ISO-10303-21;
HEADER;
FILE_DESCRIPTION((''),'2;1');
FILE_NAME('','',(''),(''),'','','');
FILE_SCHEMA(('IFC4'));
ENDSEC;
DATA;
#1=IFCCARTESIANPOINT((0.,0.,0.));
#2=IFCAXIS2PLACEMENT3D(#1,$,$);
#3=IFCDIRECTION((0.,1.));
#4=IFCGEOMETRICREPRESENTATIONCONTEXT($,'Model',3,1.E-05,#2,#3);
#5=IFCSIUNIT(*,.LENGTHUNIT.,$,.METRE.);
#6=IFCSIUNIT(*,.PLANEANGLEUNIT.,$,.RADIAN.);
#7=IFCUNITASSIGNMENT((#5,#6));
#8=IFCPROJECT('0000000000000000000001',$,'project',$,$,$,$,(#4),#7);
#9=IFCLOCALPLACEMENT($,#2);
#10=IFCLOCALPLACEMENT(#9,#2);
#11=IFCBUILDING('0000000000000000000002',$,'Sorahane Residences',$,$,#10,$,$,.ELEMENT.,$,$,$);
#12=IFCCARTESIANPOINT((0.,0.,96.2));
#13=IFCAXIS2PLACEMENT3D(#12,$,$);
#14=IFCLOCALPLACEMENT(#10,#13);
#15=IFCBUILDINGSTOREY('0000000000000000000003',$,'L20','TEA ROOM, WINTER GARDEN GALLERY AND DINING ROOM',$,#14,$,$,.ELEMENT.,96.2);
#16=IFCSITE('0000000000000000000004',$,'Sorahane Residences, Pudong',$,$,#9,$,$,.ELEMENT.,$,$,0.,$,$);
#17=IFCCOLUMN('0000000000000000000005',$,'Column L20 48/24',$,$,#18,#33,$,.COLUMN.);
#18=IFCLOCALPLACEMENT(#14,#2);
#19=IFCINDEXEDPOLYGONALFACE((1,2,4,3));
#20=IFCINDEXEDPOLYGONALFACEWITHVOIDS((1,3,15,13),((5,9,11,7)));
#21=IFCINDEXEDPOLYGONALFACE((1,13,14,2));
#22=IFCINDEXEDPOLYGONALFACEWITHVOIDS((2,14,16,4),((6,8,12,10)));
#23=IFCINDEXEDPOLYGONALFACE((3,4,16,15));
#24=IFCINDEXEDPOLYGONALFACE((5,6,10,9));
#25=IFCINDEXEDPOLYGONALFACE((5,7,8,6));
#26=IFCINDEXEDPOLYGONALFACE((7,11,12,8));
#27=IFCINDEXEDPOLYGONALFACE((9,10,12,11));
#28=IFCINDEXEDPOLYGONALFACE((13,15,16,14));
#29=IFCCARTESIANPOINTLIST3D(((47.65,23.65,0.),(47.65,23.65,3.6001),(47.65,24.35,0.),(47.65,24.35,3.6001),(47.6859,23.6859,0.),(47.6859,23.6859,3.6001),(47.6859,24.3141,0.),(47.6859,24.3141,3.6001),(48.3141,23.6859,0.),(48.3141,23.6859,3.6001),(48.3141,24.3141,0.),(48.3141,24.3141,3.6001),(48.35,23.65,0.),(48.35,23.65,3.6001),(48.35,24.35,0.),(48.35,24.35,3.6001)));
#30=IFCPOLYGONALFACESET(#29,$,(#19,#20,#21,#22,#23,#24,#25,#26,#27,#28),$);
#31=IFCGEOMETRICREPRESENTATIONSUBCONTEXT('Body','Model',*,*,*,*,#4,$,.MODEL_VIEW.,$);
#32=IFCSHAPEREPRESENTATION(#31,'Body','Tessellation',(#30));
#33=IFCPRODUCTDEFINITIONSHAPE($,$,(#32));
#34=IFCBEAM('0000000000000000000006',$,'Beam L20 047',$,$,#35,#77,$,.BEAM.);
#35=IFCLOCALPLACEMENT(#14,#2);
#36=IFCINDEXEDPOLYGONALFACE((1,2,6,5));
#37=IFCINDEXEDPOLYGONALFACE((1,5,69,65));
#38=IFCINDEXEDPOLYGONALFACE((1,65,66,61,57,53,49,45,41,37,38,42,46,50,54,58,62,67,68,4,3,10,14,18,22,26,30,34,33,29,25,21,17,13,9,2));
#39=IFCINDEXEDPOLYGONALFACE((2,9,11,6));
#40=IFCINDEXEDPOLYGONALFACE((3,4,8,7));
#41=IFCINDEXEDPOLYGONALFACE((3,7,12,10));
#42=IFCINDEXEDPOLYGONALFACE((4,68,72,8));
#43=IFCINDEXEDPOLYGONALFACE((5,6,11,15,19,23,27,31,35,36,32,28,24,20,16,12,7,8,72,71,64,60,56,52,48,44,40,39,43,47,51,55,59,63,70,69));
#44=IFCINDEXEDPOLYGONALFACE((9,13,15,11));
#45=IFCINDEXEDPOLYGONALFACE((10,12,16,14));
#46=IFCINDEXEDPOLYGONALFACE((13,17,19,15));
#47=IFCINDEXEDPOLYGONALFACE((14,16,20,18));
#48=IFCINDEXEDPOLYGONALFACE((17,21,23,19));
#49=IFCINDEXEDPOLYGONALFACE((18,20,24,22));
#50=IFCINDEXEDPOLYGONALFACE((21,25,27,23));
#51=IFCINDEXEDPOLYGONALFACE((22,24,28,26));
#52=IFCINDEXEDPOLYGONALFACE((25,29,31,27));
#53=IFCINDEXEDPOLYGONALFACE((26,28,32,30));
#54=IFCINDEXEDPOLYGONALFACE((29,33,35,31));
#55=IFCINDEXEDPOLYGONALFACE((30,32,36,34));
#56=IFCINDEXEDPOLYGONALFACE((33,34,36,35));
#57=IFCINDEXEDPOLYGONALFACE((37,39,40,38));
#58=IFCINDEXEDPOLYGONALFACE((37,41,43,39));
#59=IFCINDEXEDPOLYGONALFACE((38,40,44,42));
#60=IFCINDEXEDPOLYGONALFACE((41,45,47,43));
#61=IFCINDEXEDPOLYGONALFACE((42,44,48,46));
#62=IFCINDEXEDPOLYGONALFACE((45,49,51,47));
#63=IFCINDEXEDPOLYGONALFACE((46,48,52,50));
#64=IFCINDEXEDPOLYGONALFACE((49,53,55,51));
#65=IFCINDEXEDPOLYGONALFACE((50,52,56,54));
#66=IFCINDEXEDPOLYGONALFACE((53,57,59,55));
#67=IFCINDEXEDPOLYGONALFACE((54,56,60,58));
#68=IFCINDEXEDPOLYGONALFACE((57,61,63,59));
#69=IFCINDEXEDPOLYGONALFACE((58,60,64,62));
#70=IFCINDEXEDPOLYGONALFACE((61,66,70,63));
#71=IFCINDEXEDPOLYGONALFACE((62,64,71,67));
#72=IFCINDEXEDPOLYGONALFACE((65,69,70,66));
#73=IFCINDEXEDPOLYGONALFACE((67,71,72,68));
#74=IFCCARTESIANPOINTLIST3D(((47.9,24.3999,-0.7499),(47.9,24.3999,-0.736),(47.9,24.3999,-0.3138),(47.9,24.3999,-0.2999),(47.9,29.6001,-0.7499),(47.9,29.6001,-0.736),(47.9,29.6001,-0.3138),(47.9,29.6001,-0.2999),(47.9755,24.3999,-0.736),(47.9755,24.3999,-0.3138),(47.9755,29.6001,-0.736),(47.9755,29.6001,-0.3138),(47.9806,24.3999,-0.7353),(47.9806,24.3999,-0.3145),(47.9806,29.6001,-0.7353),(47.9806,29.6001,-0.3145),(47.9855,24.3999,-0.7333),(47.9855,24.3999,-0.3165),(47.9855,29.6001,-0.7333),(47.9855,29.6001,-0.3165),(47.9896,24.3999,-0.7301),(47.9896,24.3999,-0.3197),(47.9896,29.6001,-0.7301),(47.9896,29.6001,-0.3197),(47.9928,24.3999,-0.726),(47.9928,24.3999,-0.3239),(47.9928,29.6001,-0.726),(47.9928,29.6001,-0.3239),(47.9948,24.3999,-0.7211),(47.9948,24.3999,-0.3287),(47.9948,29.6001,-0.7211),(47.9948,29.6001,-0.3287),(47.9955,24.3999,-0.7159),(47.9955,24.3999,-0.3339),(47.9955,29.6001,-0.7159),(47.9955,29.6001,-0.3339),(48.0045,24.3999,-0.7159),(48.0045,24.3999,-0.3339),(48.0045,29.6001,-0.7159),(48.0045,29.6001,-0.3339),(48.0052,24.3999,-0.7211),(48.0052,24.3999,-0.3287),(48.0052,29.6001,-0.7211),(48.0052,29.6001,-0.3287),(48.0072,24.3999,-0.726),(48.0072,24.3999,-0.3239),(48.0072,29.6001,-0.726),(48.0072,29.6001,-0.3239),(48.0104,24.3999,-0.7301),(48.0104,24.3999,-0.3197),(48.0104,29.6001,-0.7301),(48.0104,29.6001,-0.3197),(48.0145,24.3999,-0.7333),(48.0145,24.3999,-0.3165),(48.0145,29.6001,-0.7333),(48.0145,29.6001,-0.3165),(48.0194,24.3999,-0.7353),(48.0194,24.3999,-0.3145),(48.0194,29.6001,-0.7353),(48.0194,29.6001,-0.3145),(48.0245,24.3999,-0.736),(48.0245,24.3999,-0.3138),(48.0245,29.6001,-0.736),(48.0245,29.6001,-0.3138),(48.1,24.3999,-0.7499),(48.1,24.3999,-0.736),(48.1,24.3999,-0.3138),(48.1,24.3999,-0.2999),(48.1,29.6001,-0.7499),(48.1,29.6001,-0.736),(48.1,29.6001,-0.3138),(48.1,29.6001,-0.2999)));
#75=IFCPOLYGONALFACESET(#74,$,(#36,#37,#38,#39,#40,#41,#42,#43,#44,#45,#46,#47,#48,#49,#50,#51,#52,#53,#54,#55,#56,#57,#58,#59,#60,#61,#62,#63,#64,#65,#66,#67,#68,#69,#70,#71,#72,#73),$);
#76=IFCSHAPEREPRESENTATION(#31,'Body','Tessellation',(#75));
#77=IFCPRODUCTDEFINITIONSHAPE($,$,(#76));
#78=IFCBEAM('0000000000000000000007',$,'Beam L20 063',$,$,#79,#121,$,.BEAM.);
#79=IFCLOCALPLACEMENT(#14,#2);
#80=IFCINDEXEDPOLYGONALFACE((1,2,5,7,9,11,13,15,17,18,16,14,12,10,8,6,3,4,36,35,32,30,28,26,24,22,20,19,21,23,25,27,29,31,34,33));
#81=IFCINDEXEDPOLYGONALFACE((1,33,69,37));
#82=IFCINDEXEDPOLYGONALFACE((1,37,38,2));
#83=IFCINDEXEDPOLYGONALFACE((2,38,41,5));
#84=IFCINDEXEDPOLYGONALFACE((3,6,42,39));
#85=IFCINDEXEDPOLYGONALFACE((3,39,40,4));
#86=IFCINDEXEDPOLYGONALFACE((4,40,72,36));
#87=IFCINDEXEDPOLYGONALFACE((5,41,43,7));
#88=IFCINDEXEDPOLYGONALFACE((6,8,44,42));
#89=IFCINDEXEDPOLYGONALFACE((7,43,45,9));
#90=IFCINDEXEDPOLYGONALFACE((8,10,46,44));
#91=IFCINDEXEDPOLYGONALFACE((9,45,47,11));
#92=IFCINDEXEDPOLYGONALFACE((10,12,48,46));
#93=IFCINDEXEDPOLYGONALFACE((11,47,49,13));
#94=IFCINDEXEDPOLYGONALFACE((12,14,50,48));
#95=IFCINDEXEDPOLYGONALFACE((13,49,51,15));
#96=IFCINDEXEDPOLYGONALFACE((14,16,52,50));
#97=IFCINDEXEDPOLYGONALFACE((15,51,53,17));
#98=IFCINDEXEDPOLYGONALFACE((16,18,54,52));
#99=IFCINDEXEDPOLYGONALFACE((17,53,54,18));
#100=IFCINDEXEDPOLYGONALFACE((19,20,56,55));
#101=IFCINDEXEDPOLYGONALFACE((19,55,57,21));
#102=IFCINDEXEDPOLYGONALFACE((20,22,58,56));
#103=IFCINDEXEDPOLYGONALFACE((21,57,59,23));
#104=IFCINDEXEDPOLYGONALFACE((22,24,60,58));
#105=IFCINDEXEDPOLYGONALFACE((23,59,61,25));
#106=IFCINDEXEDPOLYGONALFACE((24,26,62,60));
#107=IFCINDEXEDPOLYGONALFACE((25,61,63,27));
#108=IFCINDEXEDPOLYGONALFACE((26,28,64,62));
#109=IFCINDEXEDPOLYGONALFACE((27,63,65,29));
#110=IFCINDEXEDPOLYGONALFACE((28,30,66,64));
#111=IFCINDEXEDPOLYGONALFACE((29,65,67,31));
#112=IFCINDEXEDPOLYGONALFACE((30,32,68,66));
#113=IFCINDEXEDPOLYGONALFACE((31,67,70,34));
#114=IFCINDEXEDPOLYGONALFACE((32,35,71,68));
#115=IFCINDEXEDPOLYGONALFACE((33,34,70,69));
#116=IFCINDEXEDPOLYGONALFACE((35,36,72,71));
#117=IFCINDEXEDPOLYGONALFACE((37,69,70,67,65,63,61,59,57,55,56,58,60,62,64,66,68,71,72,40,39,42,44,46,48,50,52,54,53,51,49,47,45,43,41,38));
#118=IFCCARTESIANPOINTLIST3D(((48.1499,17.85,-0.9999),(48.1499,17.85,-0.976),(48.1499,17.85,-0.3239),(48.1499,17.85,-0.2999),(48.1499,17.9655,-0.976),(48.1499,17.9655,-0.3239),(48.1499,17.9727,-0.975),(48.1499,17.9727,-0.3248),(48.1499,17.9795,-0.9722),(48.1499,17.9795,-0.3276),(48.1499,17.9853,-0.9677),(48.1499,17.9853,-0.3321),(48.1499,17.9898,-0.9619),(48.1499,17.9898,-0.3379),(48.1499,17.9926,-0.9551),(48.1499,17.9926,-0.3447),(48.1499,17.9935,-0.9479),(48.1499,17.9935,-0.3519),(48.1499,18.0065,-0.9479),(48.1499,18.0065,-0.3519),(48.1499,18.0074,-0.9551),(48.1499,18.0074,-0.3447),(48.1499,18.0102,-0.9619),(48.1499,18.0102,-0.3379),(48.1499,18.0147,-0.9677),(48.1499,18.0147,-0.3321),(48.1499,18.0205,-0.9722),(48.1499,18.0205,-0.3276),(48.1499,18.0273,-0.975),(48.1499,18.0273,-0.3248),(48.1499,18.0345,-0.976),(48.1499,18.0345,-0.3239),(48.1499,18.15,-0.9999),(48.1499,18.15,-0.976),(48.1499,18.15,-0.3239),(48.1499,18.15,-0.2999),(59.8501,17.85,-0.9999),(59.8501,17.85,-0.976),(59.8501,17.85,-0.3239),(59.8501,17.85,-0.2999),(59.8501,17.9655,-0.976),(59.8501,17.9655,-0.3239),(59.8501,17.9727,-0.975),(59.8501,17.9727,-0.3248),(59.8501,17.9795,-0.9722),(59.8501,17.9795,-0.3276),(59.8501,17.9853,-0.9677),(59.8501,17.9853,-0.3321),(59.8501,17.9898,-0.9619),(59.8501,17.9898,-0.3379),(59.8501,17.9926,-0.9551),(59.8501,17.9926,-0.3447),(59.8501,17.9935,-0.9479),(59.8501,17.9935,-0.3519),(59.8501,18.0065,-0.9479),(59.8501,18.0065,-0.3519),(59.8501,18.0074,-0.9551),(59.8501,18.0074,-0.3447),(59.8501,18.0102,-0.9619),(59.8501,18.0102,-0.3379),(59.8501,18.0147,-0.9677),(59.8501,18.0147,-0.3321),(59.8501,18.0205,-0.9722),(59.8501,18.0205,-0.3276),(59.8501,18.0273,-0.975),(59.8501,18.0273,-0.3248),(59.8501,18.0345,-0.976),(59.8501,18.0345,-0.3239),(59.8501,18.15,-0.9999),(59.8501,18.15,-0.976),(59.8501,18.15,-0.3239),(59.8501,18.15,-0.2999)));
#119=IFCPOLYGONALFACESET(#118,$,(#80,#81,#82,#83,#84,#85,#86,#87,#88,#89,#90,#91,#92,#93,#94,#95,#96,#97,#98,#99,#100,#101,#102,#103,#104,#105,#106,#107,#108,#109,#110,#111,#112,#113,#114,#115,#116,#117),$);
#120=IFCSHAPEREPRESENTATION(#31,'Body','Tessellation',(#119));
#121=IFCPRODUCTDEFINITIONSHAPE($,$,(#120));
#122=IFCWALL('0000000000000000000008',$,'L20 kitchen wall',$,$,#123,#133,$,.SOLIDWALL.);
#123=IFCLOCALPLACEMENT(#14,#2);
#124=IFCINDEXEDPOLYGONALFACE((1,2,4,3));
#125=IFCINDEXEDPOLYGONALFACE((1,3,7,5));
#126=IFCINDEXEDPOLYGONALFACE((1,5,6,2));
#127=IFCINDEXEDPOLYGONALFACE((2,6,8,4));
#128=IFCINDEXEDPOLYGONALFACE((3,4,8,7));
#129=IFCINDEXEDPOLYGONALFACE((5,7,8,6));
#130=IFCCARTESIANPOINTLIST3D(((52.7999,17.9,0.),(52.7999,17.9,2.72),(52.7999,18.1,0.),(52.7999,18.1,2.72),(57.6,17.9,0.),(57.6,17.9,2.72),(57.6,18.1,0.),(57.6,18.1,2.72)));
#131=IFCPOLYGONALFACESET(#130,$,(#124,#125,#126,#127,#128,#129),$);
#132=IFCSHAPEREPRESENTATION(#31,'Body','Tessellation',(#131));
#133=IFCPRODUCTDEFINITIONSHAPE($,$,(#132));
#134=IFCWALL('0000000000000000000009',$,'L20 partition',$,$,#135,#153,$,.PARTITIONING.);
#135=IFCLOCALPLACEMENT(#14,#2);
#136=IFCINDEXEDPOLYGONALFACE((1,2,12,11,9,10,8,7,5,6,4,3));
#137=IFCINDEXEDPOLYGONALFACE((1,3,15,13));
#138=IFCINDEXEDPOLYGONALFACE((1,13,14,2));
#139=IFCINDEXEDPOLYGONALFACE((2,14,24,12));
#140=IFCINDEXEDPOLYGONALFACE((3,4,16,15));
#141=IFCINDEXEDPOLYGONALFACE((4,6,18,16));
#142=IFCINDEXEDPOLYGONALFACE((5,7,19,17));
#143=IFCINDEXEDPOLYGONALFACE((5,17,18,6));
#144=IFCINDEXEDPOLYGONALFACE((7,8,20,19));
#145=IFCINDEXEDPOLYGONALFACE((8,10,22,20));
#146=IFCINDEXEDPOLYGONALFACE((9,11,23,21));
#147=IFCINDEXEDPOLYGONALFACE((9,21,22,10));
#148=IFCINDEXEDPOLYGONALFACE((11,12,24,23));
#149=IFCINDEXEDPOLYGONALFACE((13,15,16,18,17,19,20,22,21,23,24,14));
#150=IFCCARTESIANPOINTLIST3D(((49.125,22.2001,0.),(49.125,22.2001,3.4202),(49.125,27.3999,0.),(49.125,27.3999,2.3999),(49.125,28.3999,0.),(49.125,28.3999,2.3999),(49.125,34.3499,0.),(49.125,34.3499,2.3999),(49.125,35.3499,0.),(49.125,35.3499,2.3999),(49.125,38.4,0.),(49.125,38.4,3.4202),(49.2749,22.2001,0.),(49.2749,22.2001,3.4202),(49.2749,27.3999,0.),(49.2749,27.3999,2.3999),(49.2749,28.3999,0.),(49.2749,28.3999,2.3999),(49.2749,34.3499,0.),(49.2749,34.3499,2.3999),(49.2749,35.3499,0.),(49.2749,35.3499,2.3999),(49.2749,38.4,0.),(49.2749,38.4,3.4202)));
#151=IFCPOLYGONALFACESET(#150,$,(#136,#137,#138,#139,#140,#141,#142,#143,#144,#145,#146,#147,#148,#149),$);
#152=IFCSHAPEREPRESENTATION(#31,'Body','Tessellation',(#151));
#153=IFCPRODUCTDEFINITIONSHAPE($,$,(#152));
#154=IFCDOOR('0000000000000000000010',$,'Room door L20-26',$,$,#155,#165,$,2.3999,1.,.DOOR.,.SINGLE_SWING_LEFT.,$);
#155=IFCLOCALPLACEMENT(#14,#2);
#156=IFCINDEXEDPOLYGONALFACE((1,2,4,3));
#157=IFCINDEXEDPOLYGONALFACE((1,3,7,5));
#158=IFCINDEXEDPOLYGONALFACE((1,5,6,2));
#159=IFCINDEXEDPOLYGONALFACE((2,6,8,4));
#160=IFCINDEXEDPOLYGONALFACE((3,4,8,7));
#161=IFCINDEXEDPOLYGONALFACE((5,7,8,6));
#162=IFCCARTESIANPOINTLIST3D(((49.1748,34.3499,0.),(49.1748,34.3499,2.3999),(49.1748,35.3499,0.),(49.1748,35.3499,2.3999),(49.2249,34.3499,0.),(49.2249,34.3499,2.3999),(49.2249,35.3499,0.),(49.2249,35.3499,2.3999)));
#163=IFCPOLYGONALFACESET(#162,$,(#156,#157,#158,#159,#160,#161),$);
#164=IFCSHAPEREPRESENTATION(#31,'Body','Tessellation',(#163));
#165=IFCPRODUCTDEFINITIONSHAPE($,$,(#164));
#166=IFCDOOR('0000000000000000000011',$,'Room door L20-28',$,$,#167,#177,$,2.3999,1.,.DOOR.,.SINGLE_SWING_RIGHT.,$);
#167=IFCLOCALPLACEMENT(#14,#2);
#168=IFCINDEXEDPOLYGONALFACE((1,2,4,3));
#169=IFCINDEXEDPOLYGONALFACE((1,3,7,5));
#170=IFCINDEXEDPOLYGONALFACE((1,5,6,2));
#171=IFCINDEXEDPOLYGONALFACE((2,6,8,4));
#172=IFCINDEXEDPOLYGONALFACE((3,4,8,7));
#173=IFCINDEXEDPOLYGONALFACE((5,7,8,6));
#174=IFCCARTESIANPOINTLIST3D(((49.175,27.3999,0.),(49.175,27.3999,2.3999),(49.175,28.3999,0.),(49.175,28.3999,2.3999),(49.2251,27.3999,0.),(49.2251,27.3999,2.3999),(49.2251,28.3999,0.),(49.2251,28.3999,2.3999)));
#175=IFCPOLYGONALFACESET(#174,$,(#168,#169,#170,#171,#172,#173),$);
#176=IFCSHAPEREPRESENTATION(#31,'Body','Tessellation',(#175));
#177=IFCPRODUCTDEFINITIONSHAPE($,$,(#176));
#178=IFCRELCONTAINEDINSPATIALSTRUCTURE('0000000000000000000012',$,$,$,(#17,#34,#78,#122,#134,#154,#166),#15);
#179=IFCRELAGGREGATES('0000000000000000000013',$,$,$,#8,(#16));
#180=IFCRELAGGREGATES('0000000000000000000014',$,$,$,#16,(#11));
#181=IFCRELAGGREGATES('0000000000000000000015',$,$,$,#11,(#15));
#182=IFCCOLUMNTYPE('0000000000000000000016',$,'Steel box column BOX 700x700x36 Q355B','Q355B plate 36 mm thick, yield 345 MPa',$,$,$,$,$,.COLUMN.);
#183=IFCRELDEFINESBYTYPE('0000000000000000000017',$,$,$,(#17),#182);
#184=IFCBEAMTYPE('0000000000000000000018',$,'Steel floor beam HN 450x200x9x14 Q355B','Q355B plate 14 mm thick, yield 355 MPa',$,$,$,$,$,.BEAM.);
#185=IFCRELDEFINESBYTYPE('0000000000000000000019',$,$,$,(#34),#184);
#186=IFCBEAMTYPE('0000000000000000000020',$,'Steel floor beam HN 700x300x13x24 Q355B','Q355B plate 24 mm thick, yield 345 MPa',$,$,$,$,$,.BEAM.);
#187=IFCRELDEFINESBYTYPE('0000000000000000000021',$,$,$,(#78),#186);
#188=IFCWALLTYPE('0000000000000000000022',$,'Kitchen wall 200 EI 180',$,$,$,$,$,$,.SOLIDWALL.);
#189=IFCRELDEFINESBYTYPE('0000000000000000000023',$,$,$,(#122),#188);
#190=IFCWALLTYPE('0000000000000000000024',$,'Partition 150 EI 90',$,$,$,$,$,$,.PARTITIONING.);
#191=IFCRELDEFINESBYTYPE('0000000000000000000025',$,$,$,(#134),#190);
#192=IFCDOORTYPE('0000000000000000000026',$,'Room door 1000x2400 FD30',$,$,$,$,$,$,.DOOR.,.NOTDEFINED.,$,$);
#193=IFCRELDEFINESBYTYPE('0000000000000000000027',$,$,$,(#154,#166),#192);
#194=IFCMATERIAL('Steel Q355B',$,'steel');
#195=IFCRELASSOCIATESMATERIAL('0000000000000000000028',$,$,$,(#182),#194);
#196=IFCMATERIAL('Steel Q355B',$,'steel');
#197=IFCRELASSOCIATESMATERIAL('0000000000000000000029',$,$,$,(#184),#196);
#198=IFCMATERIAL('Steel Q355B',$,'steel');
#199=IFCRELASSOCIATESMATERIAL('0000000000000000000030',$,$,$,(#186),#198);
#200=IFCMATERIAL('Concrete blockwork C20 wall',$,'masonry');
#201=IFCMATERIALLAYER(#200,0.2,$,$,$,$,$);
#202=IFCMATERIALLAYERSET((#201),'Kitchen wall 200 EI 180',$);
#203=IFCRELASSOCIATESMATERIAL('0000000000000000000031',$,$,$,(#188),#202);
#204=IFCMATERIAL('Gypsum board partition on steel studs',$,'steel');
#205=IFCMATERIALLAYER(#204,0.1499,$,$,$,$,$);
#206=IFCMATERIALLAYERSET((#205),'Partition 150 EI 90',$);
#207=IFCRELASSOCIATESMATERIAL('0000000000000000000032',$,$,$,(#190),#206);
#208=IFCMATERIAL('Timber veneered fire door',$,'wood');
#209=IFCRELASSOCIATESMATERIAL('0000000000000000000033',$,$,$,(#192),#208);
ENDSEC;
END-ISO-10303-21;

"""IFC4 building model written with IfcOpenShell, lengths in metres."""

from ifc_helpers import new_model, si_unit, direction, frame, frame_2d, origin, origin_2d, place, context, subcontext, project, spatial, rectangle, hollow_rectangle, i_section, extrude, material, layer, layer_set, material_profile, profile_set, type_object, element, fill, save


model = new_model("IFC4")

# Units and contexts
model_context = context("Model", 3, precision=1e-05, world=origin(), true_north=direction((0.0, 1.0)))
body_context = subcontext(model_context, "Body", "Model", "MODEL_VIEW")
ifc_project = project(units=[si_unit("LENGTHUNIT", "METRE"), si_unit("PLANEANGLEUNIT", "RADIAN")], contexts=[model_context])

# Site, building, storey
site_placement = place(None, origin())
site = spatial("IfcSite", under=ifc_project, at=site_placement, Name="Sorahane Residences, Pudong", CompositionType="ELEMENT", RefElevation=0.0)
building_placement = place(site_placement, origin())
building = spatial("IfcBuilding", under=site, at=building_placement, Name="Sorahane Residences", CompositionType="ELEMENT")
storey_placement = place(building_placement, frame((0.0, 0.0, 96.2)))
storey = spatial("IfcBuildingStorey", under=building, at=storey_placement, Name="L20", Description="TEA ROOM, WINTER GARDEN GALLERY AND DINING ROOM", CompositionType="ELEMENT", Elevation=96.2)

# Column
ifc_material_1 = material(Name="Steel Q355B", Category="steel")
ifc_material_profile_1 = material_profile(ifc_material_1, hollow_rectangle(XDim=0.7, YDim=0.7, WallThickness=0.0359, at=origin_2d()), Name="BOX 700x700x36")
ifc_profile_set_1 = profile_set([ifc_material_profile_1], Name="Steel Q355B")
column_type = type_object("IfcColumnType", Name="Steel box column BOX 700x700x36 Q355B", Description="Q355B plate 36 mm thick, yield 345 MPa", PredefinedType="COLUMN", material=ifc_profile_set_1)
column_placement = place(storey_placement, frame((48.0, 24.0, 0.0), z_axis=(0.0, 0.0, 1.0), x_axis=(1.0, 0.0, 0.0)))
element("IfcColumn", 1, at=column_placement, inside=storey, type_object=column_type, Name="Column L20 48/24", PredefinedType="COLUMN", context=body_context, shape_type="SweptSolid", body=[
    extrude(hollow_rectangle(XDim=0.7, YDim=0.7, WallThickness=0.0359, at=origin_2d()), origin(), (0.0, 0.0, 1.0), 3.6001),
])

# Beams
ifc_material_2 = material(Name="Steel Q355B", Category="steel")
ifc_material_profile_2 = material_profile(ifc_material_2, i_section(OverallWidth=0.2, OverallDepth=0.45, WebThickness=0.009, FlangeThickness=0.0139, FilletRadius=0.02, at=origin_2d()), Name="HN 450x200x9x14")
ifc_profile_set_2 = profile_set([ifc_material_profile_2], Name="Steel Q355B")
beam_type_1 = type_object("IfcBeamType", Name="Steel floor beam HN 450x200x9x14 Q355B", Description="Q355B plate 14 mm thick, yield 355 MPa", PredefinedType="BEAM", material=ifc_profile_set_2)
beam_1_placement = place(storey_placement, frame((48.0, 24.3999, -0.5249), z_axis=(0.0, 1.0, 0.0), x_axis=(-1.0, 0.0, 0.0)))
element("IfcBeam", 2, at=beam_1_placement, inside=storey, type_object=beam_type_1, Name="Beam L20 047", PredefinedType="BEAM", context=body_context, shape_type="SweptSolid", body=[
    extrude(i_section(OverallWidth=0.2, OverallDepth=0.45, WebThickness=0.009, FlangeThickness=0.0139, FilletRadius=0.02, at=origin_2d()), origin(), (0.0, 0.0, 1.0), 5.2002),
])
ifc_material_3 = material(Name="Steel Q355B", Category="steel")
ifc_material_profile_3 = material_profile(ifc_material_3, i_section(OverallWidth=0.3, OverallDepth=0.7, WebThickness=0.0129, FlangeThickness=0.0239, FilletRadius=0.0281, at=origin_2d()), Name="HN 700x300x13x24")
ifc_profile_set_3 = profile_set([ifc_material_profile_3], Name="Steel Q355B")
beam_type_2 = type_object("IfcBeamType", Name="Steel floor beam HN 700x300x13x24 Q355B", Description="Q355B plate 24 mm thick, yield 345 MPa", PredefinedType="BEAM", material=ifc_profile_set_3)
beam_2_placement = place(storey_placement, frame((48.1499, 18.0, -0.6499), z_axis=(1.0, 0.0, 0.0), x_axis=(0.0, 1.0, 0.0)))
element("IfcBeam", 3, at=beam_2_placement, inside=storey, type_object=beam_type_2, Name="Beam L20 063", PredefinedType="BEAM", context=body_context, shape_type="SweptSolid", body=[
    extrude(i_section(OverallWidth=0.3, OverallDepth=0.7, WebThickness=0.0129, FlangeThickness=0.0239, FilletRadius=0.0281, at=origin_2d()), origin(), (0.0, 0.0, 1.0), 11.7002),
])

# Shared definitions
ifc_material_4 = material(Name="Concrete blockwork C20 wall", Category="masonry")
ifc_layer_1 = layer(ifc_material_4, 0.2)
ifc_layer_set_1 = layer_set([ifc_layer_1], Name="Kitchen wall 200 EI 180")
wall_type_1 = type_object("IfcWallType", Name="Kitchen wall 200 EI 180", PredefinedType="SOLIDWALL", material=ifc_layer_set_1)

# Wall
wall_1_placement = place(storey_placement, frame((52.8, 18.0, 0.0), z_axis=(0.0, 0.0, 1.0), x_axis=(1.0, 0.0, 0.0)))
element("IfcWall", 4, at=wall_1_placement, inside=storey, type_object=wall_type_1, Name="L20 kitchen wall", PredefinedType="SOLIDWALL", context=body_context, shape_type="SweptSolid", body=[
    extrude(rectangle(XDim=4.8, YDim=0.2, at=frame_2d((2.3999, 0.0))), origin(), (0.0, 0.0, 1.0), 2.72),
])

# Wall, openings, doors
ifc_material_5 = material(Name="Gypsum board partition on steel studs", Category="steel")
ifc_layer_2 = layer(ifc_material_5, 0.1499)
ifc_layer_set_2 = layer_set([ifc_layer_2], Name="Partition 150 EI 90")
wall_type_2 = type_object("IfcWallType", Name="Partition 150 EI 90", PredefinedType="PARTITIONING", material=ifc_layer_set_2)
wall_2_placement = place(storey_placement, frame((49.2, 22.2, 0.0), z_axis=(0.0, 0.0, 1.0), x_axis=(0.0, 1.0, 0.0)))
wall_2 = element("IfcWall", 5, at=wall_2_placement, inside=storey, type_object=wall_type_2, Name="L20 partition", PredefinedType="PARTITIONING", context=body_context, shape_type="SweptSolid", body=[
    extrude(rectangle(XDim=16.2, YDim=0.1499, at=frame_2d((8.1001, 0.0))), origin(), (0.0, 0.0, 1.0), 3.4202),
])
opening_1_placement = place(wall_2_placement, frame((12.1499, 0.0, 0.0)))
opening_1 = element("IfcOpeningElement", 6, at=opening_1_placement, cuts=wall_2, PredefinedType="OPENING", context=body_context, shape_type="SweptSolid", body=[
    extrude(rectangle(XDim=1.0, YDim=2.3999, at=frame_2d((0.5, 1.2))), frame((0.0, 0.085, 0.0), z_axis=(0.0, -1.0, 0.0), x_axis=(1.0, 0.0, 0.0)), (0.0, 0.0, 1.0), 0.1699),
])
opening_2_placement = place(wall_2_placement, frame((5.2, 0.0, 0.0)))
opening_2 = element("IfcOpeningElement", 7, at=opening_2_placement, cuts=wall_2, PredefinedType="OPENING", context=body_context, shape_type="SweptSolid", body=[
    extrude(rectangle(XDim=1.0, YDim=2.3999, at=frame_2d((0.5, 1.2))), frame((0.0, 0.085, 0.0), z_axis=(0.0, -1.0, 0.0), x_axis=(1.0, 0.0, 0.0)), (0.0, 0.0, 1.0), 0.1699),
])
ifc_material_6 = material(Name="Timber veneered fire door", Category="wood")
door_type_1 = type_object("IfcDoorType", Name="Room door 1000x2400 FD30", OperationType="NOTDEFINED", PredefinedType="DOOR", material=ifc_material_6)
door_1_placement = place(opening_1_placement, frame((1.0, 0.0, 0.0), z_axis=(0.0, 0.0, 1.0), x_axis=(-1.0, 0.0, 0.0)))
door_1 = element("IfcDoor", 8, at=door_1_placement, inside=storey, type_object=door_type_1, Name="Room door L20-26", OperationType="SINGLE_SWING_LEFT", OverallHeight=2.3999, OverallWidth=1.0, PredefinedType="DOOR", context=body_context, shape_type="SweptSolid", body=[
    extrude(rectangle(XDim=1.0, YDim=2.3999, at=frame_2d((0.5, 1.2))), frame((0.0, 0.0249, 0.0), z_axis=(0.0, -1.0, 0.0), x_axis=(1.0, 0.0, 0.0)), (0.0, 0.0, 1.0), 0.05),
])
fill(opening_1, door_1)
door_2_placement = place(opening_2_placement, origin())
door_2 = element("IfcDoor", 9, at=door_2_placement, inside=storey, type_object=door_type_1, Name="Room door L20-28", OperationType="SINGLE_SWING_RIGHT", OverallHeight=2.3999, OverallWidth=1.0, PredefinedType="DOOR", context=body_context, shape_type="SweptSolid", body=[
    extrude(rectangle(XDim=1.0, YDim=2.3999, at=frame_2d((0.5, 1.2))), frame((0.0, 0.0249, 0.0), z_axis=(0.0, -1.0, 0.0), x_axis=(1.0, 0.0, 0.0)), (0.0, 0.0, 1.0), 0.05),
])
fill(opening_2, door_2)

save(model, "model.ifc")
